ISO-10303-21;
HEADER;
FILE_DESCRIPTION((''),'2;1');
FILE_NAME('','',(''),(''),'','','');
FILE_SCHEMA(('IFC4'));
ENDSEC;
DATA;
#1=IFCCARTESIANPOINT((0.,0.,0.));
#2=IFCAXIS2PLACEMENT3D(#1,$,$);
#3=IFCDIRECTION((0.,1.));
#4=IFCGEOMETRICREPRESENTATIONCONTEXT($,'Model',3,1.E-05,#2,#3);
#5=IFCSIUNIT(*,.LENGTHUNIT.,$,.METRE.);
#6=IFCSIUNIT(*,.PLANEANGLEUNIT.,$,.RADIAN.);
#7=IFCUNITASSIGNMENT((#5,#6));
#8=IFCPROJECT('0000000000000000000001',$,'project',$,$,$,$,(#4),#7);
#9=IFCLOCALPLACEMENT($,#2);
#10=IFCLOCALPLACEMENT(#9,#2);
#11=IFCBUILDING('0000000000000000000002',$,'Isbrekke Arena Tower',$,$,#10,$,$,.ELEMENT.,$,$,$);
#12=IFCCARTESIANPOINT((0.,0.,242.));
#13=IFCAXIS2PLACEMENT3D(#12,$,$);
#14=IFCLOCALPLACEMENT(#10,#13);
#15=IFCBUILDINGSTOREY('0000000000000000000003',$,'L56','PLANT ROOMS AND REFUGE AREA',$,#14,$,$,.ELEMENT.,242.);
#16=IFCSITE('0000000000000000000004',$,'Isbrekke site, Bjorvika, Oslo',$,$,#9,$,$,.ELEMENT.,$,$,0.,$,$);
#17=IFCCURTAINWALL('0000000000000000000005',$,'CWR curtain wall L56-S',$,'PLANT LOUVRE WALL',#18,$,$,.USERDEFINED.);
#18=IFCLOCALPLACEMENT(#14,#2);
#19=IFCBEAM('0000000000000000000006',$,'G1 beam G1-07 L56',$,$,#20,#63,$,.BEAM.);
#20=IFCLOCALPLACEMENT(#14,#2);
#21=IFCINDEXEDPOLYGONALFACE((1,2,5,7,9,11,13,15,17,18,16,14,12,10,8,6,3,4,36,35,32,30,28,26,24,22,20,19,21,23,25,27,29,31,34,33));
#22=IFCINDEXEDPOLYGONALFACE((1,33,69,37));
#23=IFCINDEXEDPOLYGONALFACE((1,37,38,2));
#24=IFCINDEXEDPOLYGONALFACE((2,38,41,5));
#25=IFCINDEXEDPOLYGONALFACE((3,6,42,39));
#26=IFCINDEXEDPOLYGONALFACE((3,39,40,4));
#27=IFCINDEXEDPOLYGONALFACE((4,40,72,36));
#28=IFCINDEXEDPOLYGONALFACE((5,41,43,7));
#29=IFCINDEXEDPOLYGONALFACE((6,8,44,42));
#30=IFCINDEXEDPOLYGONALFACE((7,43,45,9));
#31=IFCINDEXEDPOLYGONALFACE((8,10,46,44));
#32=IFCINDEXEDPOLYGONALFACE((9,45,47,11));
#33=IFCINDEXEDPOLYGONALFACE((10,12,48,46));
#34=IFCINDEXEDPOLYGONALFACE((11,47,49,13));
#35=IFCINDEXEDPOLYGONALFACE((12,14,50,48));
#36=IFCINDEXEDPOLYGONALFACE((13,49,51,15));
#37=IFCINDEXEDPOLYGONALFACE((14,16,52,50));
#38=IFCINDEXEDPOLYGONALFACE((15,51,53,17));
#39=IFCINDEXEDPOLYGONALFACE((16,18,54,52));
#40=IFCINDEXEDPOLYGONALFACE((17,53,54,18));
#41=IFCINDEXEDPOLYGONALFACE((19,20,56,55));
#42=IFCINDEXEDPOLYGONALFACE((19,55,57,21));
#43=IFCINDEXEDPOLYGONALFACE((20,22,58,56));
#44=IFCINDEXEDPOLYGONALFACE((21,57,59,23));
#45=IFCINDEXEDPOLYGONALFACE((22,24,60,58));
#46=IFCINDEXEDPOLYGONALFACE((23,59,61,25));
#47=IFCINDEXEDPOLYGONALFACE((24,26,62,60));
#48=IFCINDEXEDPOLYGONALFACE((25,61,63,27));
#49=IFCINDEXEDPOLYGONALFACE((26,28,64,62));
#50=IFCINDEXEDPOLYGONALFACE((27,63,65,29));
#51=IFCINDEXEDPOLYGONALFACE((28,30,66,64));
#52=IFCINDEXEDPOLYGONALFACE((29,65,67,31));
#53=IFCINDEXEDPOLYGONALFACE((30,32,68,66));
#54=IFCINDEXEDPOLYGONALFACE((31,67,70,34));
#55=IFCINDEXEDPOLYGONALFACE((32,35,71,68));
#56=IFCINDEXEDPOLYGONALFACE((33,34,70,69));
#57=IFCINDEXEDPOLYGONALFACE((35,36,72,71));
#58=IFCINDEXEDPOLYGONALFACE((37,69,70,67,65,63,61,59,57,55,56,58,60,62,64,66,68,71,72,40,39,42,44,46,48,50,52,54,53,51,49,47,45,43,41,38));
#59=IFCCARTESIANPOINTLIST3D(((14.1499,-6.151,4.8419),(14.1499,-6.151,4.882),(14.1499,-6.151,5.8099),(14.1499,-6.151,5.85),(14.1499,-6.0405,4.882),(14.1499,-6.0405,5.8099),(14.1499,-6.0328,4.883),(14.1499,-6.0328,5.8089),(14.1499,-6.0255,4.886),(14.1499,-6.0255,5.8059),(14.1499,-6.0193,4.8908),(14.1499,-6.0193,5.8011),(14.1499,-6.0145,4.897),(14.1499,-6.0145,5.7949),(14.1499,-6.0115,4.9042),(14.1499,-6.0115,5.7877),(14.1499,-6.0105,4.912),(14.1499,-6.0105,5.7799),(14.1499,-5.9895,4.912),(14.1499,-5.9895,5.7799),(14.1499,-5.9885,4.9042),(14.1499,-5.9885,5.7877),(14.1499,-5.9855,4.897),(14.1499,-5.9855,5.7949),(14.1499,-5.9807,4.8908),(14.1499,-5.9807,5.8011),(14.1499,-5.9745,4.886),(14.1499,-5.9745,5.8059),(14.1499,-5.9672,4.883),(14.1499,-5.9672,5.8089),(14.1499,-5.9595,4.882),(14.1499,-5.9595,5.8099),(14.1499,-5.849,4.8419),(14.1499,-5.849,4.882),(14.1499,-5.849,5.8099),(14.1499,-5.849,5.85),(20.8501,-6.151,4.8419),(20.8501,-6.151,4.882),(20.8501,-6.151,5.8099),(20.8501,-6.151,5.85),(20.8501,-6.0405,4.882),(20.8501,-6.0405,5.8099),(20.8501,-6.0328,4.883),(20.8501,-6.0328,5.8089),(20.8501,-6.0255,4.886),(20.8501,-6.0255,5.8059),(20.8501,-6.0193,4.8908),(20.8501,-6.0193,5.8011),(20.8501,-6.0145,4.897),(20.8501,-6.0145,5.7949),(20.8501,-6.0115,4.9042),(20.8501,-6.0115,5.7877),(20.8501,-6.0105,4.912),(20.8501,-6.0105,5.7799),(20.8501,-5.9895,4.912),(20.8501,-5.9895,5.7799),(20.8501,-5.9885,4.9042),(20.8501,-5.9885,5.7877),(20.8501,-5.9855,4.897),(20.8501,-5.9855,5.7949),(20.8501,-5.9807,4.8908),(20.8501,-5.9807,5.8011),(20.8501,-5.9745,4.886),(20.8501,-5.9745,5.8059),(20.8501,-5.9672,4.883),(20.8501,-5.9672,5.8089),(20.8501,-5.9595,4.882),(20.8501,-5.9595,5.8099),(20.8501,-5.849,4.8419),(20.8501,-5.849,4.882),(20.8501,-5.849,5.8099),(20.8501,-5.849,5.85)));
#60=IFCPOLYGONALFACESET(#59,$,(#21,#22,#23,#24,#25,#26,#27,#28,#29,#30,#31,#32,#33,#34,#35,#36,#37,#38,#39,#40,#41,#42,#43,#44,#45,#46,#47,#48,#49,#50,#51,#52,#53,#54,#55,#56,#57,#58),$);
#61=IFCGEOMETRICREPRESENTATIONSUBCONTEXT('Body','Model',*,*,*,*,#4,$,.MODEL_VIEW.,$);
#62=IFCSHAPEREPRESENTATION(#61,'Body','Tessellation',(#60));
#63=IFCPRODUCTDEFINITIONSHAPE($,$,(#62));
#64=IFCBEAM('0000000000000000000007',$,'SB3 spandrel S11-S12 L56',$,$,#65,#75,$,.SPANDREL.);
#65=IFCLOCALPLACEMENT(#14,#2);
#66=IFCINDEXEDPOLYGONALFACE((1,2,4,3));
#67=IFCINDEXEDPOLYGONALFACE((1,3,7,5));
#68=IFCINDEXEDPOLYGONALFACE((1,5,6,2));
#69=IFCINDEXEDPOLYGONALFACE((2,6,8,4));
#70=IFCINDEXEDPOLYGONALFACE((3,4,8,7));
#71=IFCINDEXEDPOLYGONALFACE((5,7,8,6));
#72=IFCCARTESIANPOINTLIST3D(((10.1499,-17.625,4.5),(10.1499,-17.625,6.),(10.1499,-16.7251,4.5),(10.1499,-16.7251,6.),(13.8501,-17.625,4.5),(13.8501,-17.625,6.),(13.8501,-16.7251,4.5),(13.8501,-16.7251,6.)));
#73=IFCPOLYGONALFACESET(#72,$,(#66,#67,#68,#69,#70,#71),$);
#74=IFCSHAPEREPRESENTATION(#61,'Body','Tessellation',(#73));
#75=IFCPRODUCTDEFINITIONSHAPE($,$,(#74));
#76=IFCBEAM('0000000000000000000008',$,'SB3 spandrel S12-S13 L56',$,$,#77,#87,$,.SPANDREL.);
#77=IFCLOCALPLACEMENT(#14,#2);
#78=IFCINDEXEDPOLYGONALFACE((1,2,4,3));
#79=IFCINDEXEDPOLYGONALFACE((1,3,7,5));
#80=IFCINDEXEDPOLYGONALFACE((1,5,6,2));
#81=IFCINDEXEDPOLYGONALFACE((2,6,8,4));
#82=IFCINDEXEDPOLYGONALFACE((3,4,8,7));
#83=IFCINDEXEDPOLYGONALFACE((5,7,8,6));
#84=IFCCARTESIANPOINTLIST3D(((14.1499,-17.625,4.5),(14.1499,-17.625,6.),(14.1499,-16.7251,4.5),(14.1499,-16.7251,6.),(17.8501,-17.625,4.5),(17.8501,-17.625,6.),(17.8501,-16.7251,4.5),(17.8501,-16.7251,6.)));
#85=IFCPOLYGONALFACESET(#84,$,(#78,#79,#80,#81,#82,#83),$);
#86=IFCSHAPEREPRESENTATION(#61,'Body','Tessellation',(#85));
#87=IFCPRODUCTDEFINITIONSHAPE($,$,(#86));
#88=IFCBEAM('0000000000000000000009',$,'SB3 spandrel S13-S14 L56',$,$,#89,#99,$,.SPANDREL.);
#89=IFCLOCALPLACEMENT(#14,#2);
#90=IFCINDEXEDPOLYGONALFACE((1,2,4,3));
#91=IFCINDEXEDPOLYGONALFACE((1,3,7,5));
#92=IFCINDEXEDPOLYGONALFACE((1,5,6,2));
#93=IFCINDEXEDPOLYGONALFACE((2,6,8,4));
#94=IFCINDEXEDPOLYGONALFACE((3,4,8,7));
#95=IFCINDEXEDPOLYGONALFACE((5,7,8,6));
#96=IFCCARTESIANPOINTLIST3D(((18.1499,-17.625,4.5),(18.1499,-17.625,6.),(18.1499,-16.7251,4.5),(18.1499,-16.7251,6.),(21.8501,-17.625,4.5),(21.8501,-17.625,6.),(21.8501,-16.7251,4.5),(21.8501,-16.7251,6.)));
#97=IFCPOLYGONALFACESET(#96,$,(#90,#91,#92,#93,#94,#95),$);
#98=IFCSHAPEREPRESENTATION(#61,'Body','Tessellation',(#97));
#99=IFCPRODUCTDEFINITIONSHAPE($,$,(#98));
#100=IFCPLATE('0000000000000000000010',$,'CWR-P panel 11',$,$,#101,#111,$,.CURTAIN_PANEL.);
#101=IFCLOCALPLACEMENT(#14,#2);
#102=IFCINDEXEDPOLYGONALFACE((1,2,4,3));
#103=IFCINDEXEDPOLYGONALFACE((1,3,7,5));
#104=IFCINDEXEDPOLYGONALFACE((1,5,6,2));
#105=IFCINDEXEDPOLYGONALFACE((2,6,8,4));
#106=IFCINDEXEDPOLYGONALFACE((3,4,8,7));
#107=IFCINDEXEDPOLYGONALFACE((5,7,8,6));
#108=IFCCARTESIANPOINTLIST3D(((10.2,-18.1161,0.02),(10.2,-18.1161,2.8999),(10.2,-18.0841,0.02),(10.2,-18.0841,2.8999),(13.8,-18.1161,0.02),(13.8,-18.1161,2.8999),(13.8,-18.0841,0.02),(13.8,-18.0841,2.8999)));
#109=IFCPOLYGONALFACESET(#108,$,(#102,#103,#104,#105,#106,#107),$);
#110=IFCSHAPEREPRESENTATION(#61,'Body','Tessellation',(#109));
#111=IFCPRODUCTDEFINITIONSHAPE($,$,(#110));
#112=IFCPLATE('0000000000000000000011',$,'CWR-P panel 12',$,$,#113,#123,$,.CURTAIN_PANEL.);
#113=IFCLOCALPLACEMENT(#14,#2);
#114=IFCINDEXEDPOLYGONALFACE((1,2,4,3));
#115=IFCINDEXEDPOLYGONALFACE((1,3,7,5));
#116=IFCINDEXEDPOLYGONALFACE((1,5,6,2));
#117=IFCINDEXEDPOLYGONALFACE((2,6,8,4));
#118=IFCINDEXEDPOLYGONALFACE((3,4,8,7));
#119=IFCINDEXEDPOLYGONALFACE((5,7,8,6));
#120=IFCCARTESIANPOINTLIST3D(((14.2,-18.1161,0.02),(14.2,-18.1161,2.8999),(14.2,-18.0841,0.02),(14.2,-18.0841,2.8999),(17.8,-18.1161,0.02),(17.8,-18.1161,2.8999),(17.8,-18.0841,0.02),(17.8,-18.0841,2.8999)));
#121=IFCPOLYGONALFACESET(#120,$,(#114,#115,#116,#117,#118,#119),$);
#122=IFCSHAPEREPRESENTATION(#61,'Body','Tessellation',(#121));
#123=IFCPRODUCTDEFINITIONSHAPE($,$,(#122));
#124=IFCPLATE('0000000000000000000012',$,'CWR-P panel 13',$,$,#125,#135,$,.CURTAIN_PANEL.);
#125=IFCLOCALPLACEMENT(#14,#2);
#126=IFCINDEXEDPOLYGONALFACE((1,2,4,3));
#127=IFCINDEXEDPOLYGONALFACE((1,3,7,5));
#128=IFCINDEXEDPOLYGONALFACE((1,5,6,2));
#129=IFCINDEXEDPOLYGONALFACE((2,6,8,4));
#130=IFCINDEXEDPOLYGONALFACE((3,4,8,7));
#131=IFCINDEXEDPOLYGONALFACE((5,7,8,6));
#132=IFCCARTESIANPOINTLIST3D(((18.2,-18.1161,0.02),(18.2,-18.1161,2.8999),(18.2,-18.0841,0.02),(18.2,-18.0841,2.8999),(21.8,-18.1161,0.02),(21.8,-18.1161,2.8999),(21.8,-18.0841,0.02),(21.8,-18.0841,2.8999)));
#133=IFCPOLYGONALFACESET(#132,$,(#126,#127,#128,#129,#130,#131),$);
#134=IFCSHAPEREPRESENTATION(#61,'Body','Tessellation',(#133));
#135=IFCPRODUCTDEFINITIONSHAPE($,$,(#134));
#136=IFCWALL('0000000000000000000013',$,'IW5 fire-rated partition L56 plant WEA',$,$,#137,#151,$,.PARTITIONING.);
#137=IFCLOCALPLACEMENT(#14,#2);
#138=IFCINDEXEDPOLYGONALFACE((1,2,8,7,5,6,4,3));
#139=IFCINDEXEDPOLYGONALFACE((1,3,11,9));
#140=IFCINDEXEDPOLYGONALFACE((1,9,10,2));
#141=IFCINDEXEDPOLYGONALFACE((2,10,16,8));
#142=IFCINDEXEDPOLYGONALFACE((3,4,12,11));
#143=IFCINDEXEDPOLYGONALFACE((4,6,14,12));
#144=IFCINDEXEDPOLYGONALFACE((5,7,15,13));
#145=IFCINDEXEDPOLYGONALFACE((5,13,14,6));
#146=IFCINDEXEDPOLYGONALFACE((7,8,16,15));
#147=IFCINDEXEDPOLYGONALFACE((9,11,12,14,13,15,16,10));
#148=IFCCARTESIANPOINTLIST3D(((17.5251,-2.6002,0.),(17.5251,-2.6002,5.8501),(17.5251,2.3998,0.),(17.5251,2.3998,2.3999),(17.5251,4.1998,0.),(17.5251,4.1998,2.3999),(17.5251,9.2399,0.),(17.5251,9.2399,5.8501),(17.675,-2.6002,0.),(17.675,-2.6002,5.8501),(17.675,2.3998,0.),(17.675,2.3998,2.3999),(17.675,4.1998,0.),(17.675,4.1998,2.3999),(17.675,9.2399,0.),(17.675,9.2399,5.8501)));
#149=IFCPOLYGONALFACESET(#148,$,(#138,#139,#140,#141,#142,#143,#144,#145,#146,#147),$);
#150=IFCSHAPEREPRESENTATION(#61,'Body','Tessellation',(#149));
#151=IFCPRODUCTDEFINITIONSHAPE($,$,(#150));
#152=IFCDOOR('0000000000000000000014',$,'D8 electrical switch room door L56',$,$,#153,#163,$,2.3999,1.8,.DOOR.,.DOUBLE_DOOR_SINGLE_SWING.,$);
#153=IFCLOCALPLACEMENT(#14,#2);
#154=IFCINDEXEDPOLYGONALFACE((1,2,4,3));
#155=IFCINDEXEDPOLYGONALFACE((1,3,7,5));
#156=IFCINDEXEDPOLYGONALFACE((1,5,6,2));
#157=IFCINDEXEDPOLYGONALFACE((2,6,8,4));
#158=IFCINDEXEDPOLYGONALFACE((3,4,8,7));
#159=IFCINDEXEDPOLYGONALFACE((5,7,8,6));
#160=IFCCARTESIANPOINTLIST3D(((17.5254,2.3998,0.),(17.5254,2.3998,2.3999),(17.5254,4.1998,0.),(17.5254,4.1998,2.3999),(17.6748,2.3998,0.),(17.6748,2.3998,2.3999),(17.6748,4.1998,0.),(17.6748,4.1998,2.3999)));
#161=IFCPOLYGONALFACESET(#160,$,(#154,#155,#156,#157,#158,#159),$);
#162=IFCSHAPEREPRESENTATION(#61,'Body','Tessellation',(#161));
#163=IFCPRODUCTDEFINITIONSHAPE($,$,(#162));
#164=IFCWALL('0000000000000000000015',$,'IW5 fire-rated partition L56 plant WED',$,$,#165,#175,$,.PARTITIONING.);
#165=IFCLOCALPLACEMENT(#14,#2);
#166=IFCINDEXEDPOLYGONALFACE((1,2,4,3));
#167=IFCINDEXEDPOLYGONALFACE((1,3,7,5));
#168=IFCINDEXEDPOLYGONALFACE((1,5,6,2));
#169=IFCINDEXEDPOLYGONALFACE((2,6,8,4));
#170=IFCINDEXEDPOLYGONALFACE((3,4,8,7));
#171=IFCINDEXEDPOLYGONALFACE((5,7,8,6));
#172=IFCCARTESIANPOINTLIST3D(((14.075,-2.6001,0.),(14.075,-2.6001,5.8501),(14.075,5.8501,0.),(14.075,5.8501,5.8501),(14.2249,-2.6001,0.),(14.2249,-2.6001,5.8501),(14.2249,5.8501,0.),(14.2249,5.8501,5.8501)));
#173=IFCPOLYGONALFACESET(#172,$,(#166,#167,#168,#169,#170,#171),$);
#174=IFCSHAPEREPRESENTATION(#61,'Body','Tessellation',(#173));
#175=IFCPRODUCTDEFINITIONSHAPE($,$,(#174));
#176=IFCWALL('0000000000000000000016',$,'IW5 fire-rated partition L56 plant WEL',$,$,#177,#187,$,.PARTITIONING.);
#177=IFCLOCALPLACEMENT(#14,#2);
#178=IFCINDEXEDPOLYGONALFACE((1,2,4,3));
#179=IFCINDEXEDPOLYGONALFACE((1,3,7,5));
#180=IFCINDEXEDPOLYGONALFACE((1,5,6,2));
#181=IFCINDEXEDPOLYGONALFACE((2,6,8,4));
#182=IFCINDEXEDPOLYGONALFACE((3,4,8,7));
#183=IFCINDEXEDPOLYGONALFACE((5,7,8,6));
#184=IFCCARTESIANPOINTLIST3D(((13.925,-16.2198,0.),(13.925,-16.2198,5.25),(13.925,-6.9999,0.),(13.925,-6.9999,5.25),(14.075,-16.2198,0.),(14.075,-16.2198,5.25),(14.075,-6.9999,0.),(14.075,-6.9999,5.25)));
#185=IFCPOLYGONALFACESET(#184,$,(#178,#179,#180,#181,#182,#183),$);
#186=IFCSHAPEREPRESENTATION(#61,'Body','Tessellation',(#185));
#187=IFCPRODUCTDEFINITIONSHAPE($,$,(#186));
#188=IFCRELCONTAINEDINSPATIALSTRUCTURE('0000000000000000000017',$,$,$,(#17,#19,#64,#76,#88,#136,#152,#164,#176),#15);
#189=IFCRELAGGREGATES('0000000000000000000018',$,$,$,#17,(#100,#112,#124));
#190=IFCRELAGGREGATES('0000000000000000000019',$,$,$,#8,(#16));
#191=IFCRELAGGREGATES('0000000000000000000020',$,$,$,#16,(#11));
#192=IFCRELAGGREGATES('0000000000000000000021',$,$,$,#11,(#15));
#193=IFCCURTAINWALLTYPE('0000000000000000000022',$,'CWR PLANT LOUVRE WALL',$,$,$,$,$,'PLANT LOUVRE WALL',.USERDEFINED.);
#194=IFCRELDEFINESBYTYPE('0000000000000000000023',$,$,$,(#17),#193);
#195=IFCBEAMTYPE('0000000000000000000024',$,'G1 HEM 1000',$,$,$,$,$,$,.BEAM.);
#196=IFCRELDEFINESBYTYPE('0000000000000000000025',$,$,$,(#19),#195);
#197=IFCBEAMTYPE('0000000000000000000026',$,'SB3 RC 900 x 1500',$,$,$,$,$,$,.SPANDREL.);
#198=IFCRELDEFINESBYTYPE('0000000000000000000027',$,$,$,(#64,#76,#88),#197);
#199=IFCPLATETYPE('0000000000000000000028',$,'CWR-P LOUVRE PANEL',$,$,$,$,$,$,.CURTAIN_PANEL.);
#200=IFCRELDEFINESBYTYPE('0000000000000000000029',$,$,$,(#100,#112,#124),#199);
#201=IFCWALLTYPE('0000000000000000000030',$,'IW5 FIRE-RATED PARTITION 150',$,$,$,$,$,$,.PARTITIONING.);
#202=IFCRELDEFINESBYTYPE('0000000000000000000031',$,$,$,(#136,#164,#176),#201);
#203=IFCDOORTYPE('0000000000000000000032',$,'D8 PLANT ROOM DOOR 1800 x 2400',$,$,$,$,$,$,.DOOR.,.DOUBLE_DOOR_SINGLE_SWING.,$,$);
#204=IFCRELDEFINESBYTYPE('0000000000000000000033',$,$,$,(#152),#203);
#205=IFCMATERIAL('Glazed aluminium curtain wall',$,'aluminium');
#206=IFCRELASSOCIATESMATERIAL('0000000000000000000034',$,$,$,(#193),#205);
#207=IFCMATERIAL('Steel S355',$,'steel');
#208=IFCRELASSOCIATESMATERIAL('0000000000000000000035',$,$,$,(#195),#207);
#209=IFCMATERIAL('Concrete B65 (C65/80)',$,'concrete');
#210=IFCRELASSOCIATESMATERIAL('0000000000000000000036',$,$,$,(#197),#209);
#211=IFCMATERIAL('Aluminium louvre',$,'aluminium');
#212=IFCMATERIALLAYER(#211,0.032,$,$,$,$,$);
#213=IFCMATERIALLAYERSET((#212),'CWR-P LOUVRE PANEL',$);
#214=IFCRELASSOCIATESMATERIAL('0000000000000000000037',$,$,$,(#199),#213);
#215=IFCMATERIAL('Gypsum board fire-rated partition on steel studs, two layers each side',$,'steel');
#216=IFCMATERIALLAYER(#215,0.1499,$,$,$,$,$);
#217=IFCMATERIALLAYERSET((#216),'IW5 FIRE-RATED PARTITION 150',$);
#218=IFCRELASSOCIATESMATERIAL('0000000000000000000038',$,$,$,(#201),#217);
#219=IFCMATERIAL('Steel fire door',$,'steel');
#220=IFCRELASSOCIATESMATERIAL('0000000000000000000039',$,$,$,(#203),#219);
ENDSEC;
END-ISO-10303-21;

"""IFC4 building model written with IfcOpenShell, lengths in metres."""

from ifc_helpers import new_model, si_unit, direction, frame, frame_2d, origin, origin_2d, place, context, subcontext, project, spatial, rectangle, i_section, extrude, material, layer, layer_set, material_profile, profile_set, type_object, element, fill, aggregate, save


model = new_model("IFC4")

# Units and contexts
model_context = context("Model", 3, precision=1e-05, world=origin(), true_north=direction((0.0, 1.0)))
body_context = subcontext(model_context, "Body", "Model", "MODEL_VIEW")
ifc_project = project(units=[si_unit("LENGTHUNIT", "METRE"), si_unit("PLANEANGLEUNIT", "RADIAN")], contexts=[model_context])

# Site, building, storey
site_placement = place(None, origin())
site = spatial("IfcSite", under=ifc_project, at=site_placement, Name="Isbrekke site, Bjorvika, Oslo", CompositionType="ELEMENT", RefElevation=0.0)
building_placement = place(site_placement, origin())
building = spatial("IfcBuilding", under=site, at=building_placement, Name="Isbrekke Arena Tower", CompositionType="ELEMENT")
storey_placement = place(building_placement, frame((0.0, 0.0, 242.0)))
storey = spatial("IfcBuildingStorey", under=building, at=storey_placement, Name="L56", Description="PLANT ROOMS AND REFUGE AREA", CompositionType="ELEMENT", Elevation=242.0)

# Curtain wall
ifc_material_1 = material(Name="Glazed aluminium curtain wall", Category="aluminium")
curtain_wall_type = type_object("IfcCurtainWallType", Name="CWR PLANT LOUVRE WALL", ElementType="PLANT LOUVRE WALL", PredefinedType="USERDEFINED", material=ifc_material_1)
curtain_wall_placement = place(storey_placement, origin())
curtain_wall = element("IfcCurtainWall", 1, at=curtain_wall_placement, inside=storey, type_object=curtain_wall_type, Name="CWR curtain wall L56-S", ObjectType="PLANT LOUVRE WALL", PredefinedType="USERDEFINED")

# Beams
ifc_material_2 = material(Name="Steel S355", Category="steel")
ifc_material_profile_1 = material_profile(ifc_material_2, i_section(OverallWidth=0.302, OverallDepth=1.0081, WebThickness=0.021, FlangeThickness=0.04, FilletRadius=0.03, at=origin_2d()), Name="HEM 1000")
ifc_profile_set_1 = profile_set([ifc_material_profile_1], Name="Steel S355")
beam_type_1 = type_object("IfcBeamType", Name="G1 HEM 1000", PredefinedType="BEAM", material=ifc_profile_set_1)
beam_1_placement = place(storey_placement, frame((14.1499, -6.0, 5.3459), z_axis=(1.0, 0.0, 0.0), x_axis=(0.0, 1.0, 0.0)))
element("IfcBeam", 2, at=beam_1_placement, inside=storey, type_object=beam_type_1, Name="G1 beam G1-07 L56", PredefinedType="BEAM", context=body_context, shape_type="SweptSolid", body=[
    extrude(i_section(OverallWidth=0.302, OverallDepth=1.0081, WebThickness=0.021, FlangeThickness=0.04, FilletRadius=0.03, at=origin_2d()), origin(), (0.0, 0.0, 1.0), 6.7002),
])
ifc_material_3 = material(Name="Concrete B65 (C65/80)", Category="concrete")
ifc_material_profile_2 = material_profile(ifc_material_3, rectangle(XDim=0.8999, YDim=1.5, at=origin_2d()), Name="RC 900x1500")
ifc_profile_set_2 = profile_set([ifc_material_profile_2], Name="Concrete B65 (C65/80)")
beam_type_2 = type_object("IfcBeamType", Name="SB3 RC 900 x 1500", PredefinedType="SPANDREL", material=ifc_profile_set_2)
for number, where, z_axis, x_axis, name in (
    (3, (10.1499, -17.175, 5.25), (1.0, 0.0, 0.0), (0.0, 1.0, 0.0), "SB3 spandrel S11-S12 L56"),
    (4, (14.1499, -17.175, 5.25), (1.0, 0.0, 0.0), (0.0, 1.0, 0.0), "SB3 spandrel S12-S13 L56"),
    (5, (18.1499, -17.175, 5.25), (1.0, 0.0, 0.0), (0.0, 1.0, 0.0), "SB3 spandrel S13-S14 L56"),
):
    element("IfcBeam", number, at=place(storey_placement, frame(where, z_axis=z_axis, x_axis=x_axis)), inside=storey, type_object=beam_type_2, Name=name, PredefinedType="SPANDREL", context=body_context, shape_type="SweptSolid", body=[
        extrude(rectangle(XDim=0.8999, YDim=1.5, at=origin_2d()), origin(), (0.0, 0.0, 1.0), 3.7002),
    ])

# Plates
ifc_material_4 = material(Name="Aluminium louvre", Category="aluminium")
ifc_layer_1 = layer(ifc_material_4, 0.032)
ifc_layer_set_1 = layer_set([ifc_layer_1], Name="CWR-P LOUVRE PANEL")
plate_type = type_object("IfcPlateType", Name="CWR-P LOUVRE PANEL", PredefinedType="CURTAIN_PANEL", material=ifc_layer_set_1)
plate_1_placement = place(storey_placement, frame((12.0, -18.1001, 0.02), z_axis=(0.0, 0.0, 1.0), x_axis=(1.0, 0.0, 0.0)))
plate_1 = element("IfcPlate", 6, at=plate_1_placement, type_object=plate_type, Name="CWR-P panel 11", PredefinedType="CURTAIN_PANEL", context=body_context, shape_type="SweptSolid", body=[
    extrude(rectangle(XDim=3.6001, YDim=0.032, at=origin_2d()), origin(), (0.0, 0.0, 1.0), 2.8799),
])
plate_2_placement = place(storey_placement, frame((16.0, -18.1001, 0.02), z_axis=(0.0, 0.0, 1.0), x_axis=(1.0, 0.0, 0.0)))
plate_2 = element("IfcPlate", 7, at=plate_2_placement, type_object=plate_type, Name="CWR-P panel 12", PredefinedType="CURTAIN_PANEL", context=body_context, shape_type="SweptSolid", body=[
    extrude(rectangle(XDim=3.6001, YDim=0.032, at=origin_2d()), origin(), (0.0, 0.0, 1.0), 2.8799),
])
plate_3_placement = place(storey_placement, frame((20.0, -18.1001, 0.02), z_axis=(0.0, 0.0, 1.0), x_axis=(1.0, 0.0, 0.0)))
plate_3 = element("IfcPlate", 8, at=plate_3_placement, type_object=plate_type, Name="CWR-P panel 13", PredefinedType="CURTAIN_PANEL", context=body_context, shape_type="SweptSolid", body=[
    extrude(rectangle(XDim=3.6001, YDim=0.032, at=origin_2d()), origin(), (0.0, 0.0, 1.0), 2.8799),
])
aggregate(curtain_wall, [plate_1, plate_2, plate_3])

# Wall, opening, door
ifc_material_5 = material(Name="Gypsum board fire-rated partition on steel studs, two layers each side", Category="steel")
ifc_layer_2 = layer(ifc_material_5, 0.1499)
ifc_layer_set_2 = layer_set([ifc_layer_2], Name="IW5 FIRE-RATED PARTITION 150")
wall_type = type_object("IfcWallType", Name="IW5 FIRE-RATED PARTITION 150", PredefinedType="PARTITIONING", material=ifc_layer_set_2)
wall_1_placement = place(storey_placement, frame((17.6001, -2.6001, 0.0), z_axis=(0.0, 0.0, 1.0), x_axis=(0.0, 1.0, 0.0)))
wall_1 = element("IfcWall", 9, at=wall_1_placement, inside=storey, type_object=wall_type, Name="IW5 fire-rated partition L56 plant WEA", PredefinedType="PARTITIONING", context=body_context, shape_type="SweptSolid", body=[
    extrude(rectangle(XDim=11.8401, YDim=0.1499, at=frame_2d((5.9199, 0.0))), origin(), (0.0, 0.0, 1.0), 5.8501),
])
opening_1_placement = place(wall_1_placement, frame((5.0, 0.0, 0.0)))
opening_1 = element("IfcOpeningElement", 10, at=opening_1_placement, cuts=wall_1, PredefinedType="OPENING", context=body_context, shape_type="SweptSolid", body=[
    extrude(rectangle(XDim=1.8, YDim=2.3999, at=frame_2d((0.8999, 1.2))), frame((0.0, 0.0898, 0.0), z_axis=(0.0, -1.0, 0.0), x_axis=(1.0, 0.0, 0.0)), (0.0, 0.0, 1.0), 0.1797),
])
ifc_material_6 = material(Name="Steel fire door", Category="steel")
door_type = type_object("IfcDoorType", Name="D8 PLANT ROOM DOOR 1800 x 2400", OperationType="DOUBLE_DOOR_SINGLE_SWING", PredefinedType="DOOR", material=ifc_material_6)
door_1_placement = place(opening_1_placement, origin())
door_1 = element("IfcDoor", 11, at=door_1_placement, inside=storey, type_object=door_type, Name="D8 electrical switch room door L56", OperationType="DOUBLE_DOOR_SINGLE_SWING", OverallHeight=2.3999, OverallWidth=1.8, PredefinedType="DOOR", context=body_context, shape_type="SweptSolid", body=[
    extrude(rectangle(XDim=1.8, YDim=2.3999, at=frame_2d((0.8999, 1.2))), frame((0.0, 0.0747, 0.0), z_axis=(0.0, -1.0, 0.0), x_axis=(1.0, 0.0, 0.0)), (0.0, 0.0, 1.0), 0.1494),
])
fill(opening_1, door_1)

# Walls
wall_2_placement = place(storey_placement, frame((14.1499, -2.6001, 0.0), z_axis=(0.0, 0.0, 1.0), x_axis=(0.0, 1.0, 0.0)))
element("IfcWall", 12, at=wall_2_placement, inside=storey, type_object=wall_type, Name="IW5 fire-rated partition L56 plant WED", PredefinedType="PARTITIONING", context=body_context, shape_type="SweptSolid", body=[
    extrude(rectangle(XDim=8.4502, YDim=0.1499, at=frame_2d((4.2251, 0.0))), origin(), (0.0, 0.0, 1.0), 5.8501),
])
wall_3_placement = place(storey_placement, frame((14.0, -7.0, 0.0), z_axis=(0.0, 0.0, 1.0), x_axis=(0.0, -1.0, 0.0)))
element("IfcWall", 13, at=wall_3_placement, inside=storey, type_object=wall_type, Name="IW5 fire-rated partition L56 plant WEL", PredefinedType="PARTITIONING", context=body_context, shape_type="SweptSolid", body=[
    extrude(rectangle(XDim=9.22, YDim=0.1499, at=frame_2d((4.6099, 0.0))), origin(), (0.0, 0.0, 1.0), 5.25),
])

save(model, "model.ifc")
